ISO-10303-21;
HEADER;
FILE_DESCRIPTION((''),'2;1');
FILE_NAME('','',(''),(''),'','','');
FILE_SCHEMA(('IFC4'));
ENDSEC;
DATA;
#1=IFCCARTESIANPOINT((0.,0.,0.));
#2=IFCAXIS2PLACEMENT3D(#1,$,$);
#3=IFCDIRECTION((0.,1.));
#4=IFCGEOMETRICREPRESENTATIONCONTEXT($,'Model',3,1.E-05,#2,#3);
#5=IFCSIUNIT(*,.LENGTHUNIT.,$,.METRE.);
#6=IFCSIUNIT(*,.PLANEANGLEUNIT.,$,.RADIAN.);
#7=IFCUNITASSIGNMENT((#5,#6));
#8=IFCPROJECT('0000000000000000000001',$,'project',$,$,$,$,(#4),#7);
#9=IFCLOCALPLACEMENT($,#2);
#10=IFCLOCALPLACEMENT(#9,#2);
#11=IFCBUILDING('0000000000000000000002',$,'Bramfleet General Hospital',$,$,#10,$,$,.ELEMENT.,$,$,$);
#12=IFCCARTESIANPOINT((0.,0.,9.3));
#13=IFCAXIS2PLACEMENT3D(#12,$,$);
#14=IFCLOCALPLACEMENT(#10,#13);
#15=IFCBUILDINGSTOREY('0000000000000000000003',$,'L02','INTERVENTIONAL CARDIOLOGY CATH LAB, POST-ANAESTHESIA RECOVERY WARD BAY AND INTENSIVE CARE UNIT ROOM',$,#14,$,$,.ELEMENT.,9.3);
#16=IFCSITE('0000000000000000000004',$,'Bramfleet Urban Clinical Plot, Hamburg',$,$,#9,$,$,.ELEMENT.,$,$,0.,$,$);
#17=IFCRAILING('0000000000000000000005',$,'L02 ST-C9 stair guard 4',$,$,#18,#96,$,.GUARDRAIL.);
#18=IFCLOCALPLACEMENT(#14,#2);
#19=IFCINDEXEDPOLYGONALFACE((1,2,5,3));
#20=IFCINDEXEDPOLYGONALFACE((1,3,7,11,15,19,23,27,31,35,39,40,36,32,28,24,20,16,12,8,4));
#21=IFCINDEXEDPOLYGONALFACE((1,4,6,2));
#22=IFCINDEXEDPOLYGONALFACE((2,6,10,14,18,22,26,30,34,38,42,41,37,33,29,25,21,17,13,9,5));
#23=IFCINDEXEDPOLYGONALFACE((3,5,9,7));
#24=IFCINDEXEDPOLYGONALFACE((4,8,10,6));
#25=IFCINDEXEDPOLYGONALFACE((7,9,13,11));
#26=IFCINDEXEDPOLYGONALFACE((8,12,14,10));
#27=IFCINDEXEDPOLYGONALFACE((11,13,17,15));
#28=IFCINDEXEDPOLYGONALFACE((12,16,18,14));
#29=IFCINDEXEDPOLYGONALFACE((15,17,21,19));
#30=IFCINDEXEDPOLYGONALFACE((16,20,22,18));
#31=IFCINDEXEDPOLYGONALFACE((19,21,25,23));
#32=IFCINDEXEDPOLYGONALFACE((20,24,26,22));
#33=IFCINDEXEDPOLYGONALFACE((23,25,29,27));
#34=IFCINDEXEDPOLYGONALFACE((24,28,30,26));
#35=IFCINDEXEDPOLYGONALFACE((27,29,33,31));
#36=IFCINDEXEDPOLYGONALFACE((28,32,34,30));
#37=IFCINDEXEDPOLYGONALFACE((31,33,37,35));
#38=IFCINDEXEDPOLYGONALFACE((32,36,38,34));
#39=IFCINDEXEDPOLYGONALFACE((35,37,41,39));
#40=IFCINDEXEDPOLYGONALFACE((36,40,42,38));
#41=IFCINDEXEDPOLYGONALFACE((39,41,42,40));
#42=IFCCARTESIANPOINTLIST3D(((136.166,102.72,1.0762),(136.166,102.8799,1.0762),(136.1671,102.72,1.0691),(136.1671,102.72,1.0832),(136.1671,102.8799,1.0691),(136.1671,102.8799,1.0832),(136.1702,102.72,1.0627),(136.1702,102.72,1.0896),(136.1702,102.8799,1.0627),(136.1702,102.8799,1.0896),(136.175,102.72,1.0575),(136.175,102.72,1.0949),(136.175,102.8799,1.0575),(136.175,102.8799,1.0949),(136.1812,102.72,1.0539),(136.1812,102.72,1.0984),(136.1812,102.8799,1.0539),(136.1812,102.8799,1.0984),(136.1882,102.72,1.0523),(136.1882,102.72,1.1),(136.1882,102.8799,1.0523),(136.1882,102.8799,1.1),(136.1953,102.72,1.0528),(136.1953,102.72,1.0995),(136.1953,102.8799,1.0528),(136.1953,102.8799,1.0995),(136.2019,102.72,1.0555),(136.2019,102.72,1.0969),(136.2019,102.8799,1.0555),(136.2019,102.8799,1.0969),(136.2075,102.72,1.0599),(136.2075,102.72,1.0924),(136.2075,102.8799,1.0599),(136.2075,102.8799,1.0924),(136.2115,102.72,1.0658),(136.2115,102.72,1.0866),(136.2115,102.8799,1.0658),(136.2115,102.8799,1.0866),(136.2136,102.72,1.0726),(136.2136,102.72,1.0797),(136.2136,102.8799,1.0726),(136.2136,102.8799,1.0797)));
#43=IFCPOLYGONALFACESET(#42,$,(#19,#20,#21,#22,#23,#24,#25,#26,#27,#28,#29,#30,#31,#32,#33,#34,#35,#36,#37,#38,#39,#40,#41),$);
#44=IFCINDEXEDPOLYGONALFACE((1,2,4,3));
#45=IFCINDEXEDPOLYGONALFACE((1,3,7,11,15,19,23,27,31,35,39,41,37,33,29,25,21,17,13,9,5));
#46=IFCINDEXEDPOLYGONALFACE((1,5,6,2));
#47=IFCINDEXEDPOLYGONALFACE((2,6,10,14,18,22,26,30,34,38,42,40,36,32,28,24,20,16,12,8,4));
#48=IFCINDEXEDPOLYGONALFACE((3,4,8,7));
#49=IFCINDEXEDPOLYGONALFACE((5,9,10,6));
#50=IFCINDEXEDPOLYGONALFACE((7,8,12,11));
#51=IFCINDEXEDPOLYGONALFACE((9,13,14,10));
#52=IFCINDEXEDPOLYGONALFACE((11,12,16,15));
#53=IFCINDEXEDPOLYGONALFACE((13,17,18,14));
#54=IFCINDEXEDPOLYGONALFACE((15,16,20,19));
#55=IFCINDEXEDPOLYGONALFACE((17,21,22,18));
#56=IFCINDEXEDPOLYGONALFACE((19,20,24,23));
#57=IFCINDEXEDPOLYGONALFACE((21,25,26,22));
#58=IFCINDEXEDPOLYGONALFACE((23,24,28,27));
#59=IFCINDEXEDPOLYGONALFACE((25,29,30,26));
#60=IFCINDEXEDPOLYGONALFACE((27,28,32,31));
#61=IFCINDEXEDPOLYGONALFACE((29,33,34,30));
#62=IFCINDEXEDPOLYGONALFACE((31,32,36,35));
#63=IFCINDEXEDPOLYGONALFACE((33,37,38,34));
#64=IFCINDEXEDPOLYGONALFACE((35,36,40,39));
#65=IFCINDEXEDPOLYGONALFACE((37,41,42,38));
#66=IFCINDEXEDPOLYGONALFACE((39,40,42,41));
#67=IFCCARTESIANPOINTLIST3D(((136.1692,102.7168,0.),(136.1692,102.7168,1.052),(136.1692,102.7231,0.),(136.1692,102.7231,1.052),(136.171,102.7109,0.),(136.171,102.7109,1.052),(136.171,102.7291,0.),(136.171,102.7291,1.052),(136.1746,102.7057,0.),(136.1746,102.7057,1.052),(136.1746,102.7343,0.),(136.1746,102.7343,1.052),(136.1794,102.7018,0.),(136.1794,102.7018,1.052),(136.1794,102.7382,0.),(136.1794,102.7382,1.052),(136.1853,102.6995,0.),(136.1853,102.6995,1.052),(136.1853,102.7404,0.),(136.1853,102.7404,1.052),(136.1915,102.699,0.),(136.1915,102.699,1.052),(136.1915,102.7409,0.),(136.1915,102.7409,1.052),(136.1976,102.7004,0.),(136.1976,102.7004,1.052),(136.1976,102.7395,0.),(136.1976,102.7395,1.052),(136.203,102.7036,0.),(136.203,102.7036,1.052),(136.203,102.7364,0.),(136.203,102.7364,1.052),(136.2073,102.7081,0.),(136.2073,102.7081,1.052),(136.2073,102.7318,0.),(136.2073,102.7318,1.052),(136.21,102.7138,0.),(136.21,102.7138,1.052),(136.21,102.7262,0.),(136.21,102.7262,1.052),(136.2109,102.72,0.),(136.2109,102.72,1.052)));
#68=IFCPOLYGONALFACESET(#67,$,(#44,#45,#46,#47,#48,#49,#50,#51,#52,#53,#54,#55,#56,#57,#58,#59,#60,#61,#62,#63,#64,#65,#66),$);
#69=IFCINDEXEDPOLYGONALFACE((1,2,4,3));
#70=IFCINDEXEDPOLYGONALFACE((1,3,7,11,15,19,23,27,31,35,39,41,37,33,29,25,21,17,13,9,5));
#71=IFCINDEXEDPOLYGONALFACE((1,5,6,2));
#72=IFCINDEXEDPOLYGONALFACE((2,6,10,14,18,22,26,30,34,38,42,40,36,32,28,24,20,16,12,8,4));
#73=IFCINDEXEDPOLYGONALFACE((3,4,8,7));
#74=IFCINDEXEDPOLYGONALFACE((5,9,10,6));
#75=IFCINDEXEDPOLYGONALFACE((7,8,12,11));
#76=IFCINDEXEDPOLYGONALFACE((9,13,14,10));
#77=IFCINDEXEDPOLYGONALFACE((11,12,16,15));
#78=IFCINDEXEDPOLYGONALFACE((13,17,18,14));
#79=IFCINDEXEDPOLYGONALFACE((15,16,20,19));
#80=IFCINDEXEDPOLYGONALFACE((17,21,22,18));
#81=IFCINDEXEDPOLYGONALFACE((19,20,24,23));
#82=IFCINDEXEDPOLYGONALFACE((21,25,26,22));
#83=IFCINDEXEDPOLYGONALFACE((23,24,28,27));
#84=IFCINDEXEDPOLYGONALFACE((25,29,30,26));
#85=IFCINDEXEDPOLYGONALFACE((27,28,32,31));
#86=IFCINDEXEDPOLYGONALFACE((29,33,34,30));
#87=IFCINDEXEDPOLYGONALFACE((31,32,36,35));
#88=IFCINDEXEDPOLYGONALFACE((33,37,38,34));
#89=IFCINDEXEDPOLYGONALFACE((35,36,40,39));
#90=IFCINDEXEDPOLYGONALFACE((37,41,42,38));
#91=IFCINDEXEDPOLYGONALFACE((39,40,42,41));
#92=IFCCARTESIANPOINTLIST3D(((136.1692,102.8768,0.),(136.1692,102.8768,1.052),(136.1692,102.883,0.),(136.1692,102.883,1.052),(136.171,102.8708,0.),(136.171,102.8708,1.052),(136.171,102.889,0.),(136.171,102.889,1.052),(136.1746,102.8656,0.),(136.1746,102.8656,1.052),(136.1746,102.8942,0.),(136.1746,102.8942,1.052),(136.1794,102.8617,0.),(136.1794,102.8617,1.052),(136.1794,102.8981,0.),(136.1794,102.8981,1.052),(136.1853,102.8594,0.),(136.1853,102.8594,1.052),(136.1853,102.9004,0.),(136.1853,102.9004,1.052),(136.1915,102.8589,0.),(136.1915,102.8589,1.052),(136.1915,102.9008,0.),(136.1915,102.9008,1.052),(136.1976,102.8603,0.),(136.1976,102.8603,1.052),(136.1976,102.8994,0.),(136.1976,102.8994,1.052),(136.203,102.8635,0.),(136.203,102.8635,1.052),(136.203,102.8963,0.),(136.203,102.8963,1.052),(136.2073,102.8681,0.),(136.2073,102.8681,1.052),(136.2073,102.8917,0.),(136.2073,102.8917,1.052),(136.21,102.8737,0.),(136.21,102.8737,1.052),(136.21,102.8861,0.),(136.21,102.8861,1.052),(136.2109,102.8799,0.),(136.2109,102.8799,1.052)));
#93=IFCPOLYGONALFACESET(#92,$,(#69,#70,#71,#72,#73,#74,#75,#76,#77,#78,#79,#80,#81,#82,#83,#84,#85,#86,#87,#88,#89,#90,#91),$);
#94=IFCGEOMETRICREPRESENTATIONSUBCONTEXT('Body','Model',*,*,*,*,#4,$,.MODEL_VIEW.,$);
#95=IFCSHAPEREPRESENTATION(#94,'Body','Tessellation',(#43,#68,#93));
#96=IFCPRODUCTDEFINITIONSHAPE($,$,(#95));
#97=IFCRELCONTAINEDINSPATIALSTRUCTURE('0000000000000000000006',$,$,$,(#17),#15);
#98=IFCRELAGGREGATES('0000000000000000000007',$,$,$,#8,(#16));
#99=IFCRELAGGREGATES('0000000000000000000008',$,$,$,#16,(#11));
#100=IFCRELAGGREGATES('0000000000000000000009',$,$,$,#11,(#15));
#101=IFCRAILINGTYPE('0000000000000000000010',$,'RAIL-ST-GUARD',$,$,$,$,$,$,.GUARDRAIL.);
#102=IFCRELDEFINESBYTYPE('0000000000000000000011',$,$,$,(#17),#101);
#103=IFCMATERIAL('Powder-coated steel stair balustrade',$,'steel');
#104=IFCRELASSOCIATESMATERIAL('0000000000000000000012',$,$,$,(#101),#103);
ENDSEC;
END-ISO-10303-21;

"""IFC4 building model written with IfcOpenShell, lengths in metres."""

from ifc_helpers import new_model, si_unit, direction, frame, origin, origin_2d, place, context, subcontext, project, spatial, circle, extrude, material, type_object, element, save


model = new_model("IFC4")

# Units and contexts
model_context = context("Model", 3, precision=1e-05, world=origin(), true_north=direction((0.0, 1.0)))
body_context = subcontext(model_context, "Body", "Model", "MODEL_VIEW")
ifc_project = project(units=[si_unit("LENGTHUNIT", "METRE"), si_unit("PLANEANGLEUNIT", "RADIAN")], contexts=[model_context])

# Site, building, storey
site_placement = place(None, origin())
site = spatial("IfcSite", under=ifc_project, at=site_placement, Name="Bramfleet Urban Clinical Plot, Hamburg", CompositionType="ELEMENT", RefElevation=0.0)
building_placement = place(site_placement, origin())
building = spatial("IfcBuilding", under=site, at=building_placement, Name="Bramfleet General Hospital", CompositionType="ELEMENT")
storey_placement = place(building_placement, frame((0.0, 0.0, 9.3)))
storey = spatial("IfcBuildingStorey", under=building, at=storey_placement, Name="L02", Description="INTERVENTIONAL CARDIOLOGY CATH LAB, POST-ANAESTHESIA RECOVERY WARD BAY AND INTENSIVE CARE UNIT ROOM", CompositionType="ELEMENT", Elevation=9.3)

# Railing
ifc_material_1 = material(Name="Powder-coated steel stair balustrade", Category="steel")
railing_type = type_object("IfcRailingType", Name="RAIL-ST-GUARD", PredefinedType="GUARDRAIL", material=ifc_material_1)
railing_1_placement = place(storey_placement, frame((136.1899, 102.72, 0.0)))
element("IfcRailing", 1, at=railing_1_placement, inside=storey, type_object=railing_type, Name="L02 ST-C9 stair guard 4", PredefinedType="GUARDRAIL", context=body_context, shape_type="SweptSolid", body=[
    extrude(circle(Radius=0.0239, at=origin_2d()), frame((0.0, 0.0, 1.0762), z_axis=(0.0, 1.0, 0.0), x_axis=(-1.0, 0.0, 0.0)), (0.0, 0.0, 1.0), 0.1599),
    extrude(circle(Radius=0.021, at=origin_2d()), origin(), (0.0, 0.0, 1.0), 1.052),
    extrude(circle(Radius=0.021, at=origin_2d()), frame((0.0, 0.1599, 0.0)), (0.0, 0.0, 1.0), 1.052),
])

save(model, "model.ifc")
